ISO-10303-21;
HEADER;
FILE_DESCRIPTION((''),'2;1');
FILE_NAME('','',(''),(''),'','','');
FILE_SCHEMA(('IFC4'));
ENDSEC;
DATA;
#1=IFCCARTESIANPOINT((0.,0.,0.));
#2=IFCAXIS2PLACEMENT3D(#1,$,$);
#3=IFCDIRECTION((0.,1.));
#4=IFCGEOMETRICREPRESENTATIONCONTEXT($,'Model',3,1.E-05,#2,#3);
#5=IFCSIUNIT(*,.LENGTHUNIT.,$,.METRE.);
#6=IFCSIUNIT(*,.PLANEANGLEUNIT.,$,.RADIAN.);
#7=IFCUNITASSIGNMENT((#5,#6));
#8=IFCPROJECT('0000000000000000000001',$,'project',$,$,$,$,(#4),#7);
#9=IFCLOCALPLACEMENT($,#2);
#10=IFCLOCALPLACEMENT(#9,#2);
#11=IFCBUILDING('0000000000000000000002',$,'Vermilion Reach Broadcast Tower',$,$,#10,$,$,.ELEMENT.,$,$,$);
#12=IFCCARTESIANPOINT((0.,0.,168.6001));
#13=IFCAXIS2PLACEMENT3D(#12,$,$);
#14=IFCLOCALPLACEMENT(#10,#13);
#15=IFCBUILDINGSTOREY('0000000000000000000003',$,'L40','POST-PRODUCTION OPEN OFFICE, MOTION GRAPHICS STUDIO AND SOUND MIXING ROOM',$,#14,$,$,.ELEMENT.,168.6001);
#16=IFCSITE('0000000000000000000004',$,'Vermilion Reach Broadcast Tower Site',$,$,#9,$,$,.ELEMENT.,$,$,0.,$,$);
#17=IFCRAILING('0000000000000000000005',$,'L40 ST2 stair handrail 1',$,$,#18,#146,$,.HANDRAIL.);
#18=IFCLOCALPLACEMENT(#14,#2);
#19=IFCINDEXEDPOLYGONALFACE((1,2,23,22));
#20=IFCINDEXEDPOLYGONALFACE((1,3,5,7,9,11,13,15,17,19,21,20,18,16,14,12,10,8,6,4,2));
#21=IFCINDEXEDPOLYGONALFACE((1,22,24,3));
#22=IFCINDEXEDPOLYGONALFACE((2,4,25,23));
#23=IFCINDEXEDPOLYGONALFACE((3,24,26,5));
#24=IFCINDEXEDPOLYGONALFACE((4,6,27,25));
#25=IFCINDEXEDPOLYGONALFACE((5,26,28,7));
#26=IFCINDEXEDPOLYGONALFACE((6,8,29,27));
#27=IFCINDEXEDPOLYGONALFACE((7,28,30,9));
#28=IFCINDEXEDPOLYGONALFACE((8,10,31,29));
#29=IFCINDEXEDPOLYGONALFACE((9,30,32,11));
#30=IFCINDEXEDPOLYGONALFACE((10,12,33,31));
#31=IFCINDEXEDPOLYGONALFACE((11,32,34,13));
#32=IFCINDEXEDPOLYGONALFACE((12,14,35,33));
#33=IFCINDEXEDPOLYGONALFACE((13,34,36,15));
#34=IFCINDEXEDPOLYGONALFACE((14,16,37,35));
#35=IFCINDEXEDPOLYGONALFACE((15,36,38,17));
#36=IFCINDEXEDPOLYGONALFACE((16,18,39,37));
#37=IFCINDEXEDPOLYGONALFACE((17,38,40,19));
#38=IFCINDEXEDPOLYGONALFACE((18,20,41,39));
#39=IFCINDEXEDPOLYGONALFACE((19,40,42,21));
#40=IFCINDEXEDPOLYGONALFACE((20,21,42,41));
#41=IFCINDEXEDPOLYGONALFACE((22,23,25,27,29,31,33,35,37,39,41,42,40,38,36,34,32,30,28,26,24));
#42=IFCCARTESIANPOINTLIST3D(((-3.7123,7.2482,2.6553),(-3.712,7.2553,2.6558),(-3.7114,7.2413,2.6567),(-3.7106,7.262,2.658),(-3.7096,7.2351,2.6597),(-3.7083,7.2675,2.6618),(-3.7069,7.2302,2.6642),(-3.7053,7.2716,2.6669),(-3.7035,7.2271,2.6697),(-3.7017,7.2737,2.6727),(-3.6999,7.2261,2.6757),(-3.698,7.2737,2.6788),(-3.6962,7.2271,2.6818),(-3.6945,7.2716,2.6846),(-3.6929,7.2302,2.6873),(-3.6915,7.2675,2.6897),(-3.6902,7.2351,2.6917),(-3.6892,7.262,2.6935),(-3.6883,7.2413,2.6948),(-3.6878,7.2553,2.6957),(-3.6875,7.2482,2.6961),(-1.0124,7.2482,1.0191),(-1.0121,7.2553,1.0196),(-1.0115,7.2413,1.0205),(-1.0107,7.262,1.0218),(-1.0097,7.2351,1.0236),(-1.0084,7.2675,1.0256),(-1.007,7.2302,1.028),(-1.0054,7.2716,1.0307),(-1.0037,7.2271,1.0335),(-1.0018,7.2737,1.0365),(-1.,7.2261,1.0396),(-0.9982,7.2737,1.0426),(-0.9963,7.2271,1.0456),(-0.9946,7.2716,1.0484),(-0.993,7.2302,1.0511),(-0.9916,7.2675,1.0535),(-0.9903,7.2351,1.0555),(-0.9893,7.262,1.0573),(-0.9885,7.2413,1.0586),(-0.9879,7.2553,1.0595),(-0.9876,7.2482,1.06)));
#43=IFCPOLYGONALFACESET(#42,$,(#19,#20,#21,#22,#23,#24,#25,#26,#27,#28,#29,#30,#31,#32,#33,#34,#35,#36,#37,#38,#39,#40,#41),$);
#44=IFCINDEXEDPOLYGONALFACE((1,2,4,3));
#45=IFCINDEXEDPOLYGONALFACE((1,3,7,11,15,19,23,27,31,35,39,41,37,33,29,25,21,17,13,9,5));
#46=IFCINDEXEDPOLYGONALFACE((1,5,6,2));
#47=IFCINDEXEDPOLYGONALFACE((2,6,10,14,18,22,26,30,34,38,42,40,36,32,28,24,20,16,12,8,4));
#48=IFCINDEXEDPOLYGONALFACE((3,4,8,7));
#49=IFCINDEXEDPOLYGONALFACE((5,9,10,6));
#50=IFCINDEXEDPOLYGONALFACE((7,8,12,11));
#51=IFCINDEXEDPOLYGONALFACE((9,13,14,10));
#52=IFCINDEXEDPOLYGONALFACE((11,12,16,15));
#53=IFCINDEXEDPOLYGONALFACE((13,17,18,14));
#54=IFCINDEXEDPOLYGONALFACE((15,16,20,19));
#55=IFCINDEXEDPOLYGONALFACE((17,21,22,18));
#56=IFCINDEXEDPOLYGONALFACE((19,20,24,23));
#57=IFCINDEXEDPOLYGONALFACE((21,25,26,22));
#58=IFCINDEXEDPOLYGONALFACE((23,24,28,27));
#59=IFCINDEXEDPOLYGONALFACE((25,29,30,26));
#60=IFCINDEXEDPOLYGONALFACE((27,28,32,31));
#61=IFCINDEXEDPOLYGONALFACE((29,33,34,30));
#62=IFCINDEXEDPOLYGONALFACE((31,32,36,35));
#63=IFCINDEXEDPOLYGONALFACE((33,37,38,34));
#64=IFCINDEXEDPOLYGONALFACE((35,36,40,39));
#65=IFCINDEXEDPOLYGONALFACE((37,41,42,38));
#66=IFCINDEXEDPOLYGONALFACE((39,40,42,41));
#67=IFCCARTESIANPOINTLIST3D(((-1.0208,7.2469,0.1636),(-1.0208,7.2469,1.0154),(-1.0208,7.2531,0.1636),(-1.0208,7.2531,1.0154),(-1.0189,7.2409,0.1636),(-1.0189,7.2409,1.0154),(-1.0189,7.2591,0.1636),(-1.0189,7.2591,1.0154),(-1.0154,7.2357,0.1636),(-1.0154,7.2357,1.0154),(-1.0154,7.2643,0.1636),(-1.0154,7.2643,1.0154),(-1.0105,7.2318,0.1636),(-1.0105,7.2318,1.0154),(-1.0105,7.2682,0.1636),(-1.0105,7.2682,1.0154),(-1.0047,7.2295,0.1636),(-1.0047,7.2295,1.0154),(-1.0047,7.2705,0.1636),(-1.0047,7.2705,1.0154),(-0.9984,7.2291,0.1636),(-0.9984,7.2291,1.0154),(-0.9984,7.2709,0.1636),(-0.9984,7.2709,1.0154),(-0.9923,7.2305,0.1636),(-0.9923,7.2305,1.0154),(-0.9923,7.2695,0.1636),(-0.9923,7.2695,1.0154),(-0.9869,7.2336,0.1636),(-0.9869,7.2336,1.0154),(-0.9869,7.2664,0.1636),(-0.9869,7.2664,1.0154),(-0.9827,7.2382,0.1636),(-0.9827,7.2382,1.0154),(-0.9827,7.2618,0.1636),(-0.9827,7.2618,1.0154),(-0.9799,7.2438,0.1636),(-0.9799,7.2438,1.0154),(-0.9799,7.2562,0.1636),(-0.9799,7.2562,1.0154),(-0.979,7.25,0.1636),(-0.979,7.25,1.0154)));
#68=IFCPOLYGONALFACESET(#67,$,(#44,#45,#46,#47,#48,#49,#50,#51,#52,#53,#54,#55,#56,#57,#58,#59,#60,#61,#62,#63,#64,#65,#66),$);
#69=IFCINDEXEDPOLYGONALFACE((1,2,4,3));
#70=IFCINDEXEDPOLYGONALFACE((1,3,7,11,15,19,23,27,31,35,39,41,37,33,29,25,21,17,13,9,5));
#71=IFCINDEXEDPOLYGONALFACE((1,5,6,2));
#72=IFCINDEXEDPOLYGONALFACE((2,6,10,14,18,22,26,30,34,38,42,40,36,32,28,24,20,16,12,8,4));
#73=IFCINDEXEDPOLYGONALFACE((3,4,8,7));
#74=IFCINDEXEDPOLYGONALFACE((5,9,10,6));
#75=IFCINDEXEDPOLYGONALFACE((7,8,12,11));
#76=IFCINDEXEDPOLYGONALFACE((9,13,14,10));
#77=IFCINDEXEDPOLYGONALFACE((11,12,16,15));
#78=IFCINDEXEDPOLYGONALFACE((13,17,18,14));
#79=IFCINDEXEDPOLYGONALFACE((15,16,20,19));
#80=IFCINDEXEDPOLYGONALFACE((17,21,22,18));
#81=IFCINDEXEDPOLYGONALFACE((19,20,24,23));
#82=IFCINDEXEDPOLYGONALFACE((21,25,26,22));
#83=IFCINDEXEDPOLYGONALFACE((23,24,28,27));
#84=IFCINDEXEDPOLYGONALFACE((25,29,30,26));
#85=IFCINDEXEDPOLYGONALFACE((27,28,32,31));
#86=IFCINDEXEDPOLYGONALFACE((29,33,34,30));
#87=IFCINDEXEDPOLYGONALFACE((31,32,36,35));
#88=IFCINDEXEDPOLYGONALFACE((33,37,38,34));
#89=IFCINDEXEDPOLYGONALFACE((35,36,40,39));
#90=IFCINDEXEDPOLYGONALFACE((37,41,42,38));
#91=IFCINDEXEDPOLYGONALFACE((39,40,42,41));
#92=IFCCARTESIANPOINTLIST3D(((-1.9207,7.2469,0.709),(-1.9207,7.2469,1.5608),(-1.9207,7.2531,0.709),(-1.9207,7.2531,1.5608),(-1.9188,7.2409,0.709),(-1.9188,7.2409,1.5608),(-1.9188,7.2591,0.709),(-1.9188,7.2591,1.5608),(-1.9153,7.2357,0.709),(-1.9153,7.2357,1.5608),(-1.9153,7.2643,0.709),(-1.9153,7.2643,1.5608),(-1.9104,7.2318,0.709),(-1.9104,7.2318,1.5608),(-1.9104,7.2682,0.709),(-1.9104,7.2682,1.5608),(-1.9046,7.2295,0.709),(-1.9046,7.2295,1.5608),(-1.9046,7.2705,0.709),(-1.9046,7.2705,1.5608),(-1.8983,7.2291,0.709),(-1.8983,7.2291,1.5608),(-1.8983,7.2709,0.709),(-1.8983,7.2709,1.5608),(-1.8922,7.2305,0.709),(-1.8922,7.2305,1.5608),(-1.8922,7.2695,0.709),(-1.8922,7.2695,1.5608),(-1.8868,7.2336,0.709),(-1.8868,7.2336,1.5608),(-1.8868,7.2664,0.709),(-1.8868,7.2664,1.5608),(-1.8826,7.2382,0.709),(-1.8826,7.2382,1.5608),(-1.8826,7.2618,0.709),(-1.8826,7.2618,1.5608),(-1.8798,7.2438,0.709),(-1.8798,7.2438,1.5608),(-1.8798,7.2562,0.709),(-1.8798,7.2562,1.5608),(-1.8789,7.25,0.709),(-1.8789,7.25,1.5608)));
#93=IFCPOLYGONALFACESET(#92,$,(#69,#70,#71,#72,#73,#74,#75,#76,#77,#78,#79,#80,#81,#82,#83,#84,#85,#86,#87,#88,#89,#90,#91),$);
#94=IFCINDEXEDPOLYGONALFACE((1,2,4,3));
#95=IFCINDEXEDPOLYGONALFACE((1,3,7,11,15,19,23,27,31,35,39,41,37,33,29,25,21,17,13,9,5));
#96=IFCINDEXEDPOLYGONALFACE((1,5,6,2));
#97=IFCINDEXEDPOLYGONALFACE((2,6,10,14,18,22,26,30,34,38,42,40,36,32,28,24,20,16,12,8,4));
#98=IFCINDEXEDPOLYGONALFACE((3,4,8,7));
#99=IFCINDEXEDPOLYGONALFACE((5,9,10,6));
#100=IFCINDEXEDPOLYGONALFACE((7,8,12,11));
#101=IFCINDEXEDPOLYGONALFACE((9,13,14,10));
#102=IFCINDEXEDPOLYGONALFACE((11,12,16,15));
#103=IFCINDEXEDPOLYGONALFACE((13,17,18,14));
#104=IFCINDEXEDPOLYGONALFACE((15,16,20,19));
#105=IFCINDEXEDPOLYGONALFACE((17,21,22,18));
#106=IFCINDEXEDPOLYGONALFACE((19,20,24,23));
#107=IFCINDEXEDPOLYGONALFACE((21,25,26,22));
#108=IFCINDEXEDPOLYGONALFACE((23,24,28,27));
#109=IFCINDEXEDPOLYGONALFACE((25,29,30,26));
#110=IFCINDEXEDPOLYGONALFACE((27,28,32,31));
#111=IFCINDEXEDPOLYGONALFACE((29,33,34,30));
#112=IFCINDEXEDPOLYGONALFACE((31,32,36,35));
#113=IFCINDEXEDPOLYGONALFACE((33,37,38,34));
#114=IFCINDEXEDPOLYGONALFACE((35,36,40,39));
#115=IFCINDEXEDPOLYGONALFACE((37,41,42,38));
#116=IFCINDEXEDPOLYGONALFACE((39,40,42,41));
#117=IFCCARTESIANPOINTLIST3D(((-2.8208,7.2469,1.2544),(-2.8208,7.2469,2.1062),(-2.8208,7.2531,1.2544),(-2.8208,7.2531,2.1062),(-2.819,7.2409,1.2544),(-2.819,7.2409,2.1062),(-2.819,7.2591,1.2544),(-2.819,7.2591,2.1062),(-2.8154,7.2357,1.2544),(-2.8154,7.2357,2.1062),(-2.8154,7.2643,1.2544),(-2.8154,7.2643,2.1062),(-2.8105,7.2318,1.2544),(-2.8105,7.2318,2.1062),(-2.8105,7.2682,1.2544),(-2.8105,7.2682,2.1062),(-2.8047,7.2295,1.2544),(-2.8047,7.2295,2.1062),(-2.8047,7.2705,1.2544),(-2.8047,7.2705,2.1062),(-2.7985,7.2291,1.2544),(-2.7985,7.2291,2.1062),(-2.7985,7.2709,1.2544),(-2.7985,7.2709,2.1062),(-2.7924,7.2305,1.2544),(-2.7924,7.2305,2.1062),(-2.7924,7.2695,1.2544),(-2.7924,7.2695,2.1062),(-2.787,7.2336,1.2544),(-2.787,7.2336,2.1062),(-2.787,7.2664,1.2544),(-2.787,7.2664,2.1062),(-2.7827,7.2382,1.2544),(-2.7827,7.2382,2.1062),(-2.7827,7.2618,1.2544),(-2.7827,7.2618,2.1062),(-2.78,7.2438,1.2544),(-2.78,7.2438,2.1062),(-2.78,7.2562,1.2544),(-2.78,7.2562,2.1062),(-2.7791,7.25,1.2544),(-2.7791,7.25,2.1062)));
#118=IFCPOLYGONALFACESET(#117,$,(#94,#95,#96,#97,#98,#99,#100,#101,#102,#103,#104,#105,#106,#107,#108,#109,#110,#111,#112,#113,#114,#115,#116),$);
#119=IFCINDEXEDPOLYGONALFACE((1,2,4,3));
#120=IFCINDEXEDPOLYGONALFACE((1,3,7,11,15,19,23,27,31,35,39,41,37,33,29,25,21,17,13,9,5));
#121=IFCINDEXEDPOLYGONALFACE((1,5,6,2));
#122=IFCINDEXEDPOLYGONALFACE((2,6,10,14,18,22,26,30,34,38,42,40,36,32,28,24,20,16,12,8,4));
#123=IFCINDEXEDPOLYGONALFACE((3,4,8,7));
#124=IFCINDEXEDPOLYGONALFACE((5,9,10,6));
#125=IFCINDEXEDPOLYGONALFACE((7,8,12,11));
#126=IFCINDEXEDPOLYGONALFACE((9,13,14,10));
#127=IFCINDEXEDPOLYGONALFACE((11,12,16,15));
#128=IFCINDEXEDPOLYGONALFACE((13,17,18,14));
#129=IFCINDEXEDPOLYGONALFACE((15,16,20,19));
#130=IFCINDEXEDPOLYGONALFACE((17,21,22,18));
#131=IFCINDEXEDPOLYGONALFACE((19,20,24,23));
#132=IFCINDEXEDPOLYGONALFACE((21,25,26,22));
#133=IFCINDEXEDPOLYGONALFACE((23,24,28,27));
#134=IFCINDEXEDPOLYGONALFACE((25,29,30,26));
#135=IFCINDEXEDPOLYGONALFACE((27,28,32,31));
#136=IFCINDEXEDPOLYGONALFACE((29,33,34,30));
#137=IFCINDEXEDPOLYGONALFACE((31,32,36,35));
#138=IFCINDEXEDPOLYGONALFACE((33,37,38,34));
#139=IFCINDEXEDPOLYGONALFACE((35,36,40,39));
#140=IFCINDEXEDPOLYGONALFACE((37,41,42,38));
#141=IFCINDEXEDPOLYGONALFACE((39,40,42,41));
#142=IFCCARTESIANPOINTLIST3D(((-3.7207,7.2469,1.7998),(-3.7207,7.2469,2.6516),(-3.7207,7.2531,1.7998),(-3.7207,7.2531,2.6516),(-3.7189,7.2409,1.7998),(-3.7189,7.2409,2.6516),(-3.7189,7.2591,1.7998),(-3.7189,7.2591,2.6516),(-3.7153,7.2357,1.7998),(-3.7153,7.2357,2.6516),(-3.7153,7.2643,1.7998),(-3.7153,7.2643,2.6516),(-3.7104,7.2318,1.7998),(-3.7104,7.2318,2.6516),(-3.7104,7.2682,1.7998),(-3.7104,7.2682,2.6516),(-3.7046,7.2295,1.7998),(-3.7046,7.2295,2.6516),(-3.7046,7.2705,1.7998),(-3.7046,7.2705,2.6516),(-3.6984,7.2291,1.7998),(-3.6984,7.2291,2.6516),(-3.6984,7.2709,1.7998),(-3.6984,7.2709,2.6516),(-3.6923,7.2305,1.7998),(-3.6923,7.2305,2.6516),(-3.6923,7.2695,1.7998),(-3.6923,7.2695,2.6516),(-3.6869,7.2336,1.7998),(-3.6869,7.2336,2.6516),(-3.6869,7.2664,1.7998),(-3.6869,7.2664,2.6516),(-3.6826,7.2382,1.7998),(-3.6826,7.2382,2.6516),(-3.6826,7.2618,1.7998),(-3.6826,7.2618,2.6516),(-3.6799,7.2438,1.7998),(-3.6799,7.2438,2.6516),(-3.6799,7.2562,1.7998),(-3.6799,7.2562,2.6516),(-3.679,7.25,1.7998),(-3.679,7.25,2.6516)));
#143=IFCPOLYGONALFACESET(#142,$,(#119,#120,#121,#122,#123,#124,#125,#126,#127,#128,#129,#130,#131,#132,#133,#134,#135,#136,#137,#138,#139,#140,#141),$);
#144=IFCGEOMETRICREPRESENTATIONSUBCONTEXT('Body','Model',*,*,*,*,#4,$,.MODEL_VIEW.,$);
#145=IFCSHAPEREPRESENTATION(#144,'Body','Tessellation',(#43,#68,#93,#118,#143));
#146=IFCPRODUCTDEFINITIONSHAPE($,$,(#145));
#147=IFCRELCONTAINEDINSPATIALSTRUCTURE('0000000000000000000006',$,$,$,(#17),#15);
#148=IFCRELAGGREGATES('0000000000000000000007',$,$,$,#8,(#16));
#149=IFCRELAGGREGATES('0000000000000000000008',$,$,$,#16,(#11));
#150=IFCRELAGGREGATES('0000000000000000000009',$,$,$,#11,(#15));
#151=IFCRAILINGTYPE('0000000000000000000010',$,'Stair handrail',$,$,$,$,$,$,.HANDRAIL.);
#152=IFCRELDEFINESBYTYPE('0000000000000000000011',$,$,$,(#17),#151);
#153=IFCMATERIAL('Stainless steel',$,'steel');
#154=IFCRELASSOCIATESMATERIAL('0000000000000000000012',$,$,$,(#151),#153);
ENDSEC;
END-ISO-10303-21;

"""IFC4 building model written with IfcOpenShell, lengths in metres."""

from ifc_helpers import new_model, si_unit, direction, frame, origin, origin_2d, place, context, subcontext, project, spatial, circle, extrude, material, type_object, element, save


model = new_model("IFC4")

# Units and contexts
model_context = context("Model", 3, precision=1e-05, world=origin(), true_north=direction((0.0, 1.0)))
body_context = subcontext(model_context, "Body", "Model", "MODEL_VIEW")
ifc_project = project(units=[si_unit("LENGTHUNIT", "METRE"), si_unit("PLANEANGLEUNIT", "RADIAN")], contexts=[model_context])

# Site, building, storey
site_placement = place(None, origin())
site = spatial("IfcSite", under=ifc_project, at=site_placement, Name="Vermilion Reach Broadcast Tower Site", CompositionType="ELEMENT", RefElevation=0.0)
building_placement = place(site_placement, origin())
building = spatial("IfcBuilding", under=site, at=building_placement, Name="Vermilion Reach Broadcast Tower", CompositionType="ELEMENT")
storey_placement = place(building_placement, frame((0.0, 0.0, 168.6001)))
storey = spatial("IfcBuildingStorey", under=building, at=storey_placement, Name="L40", Description="POST-PRODUCTION OPEN OFFICE, MOTION GRAPHICS STUDIO AND SOUND MIXING ROOM", CompositionType="ELEMENT", Elevation=168.6001)

# Railing
ifc_material_1 = material(Name="Stainless steel", Category="steel")
railing_type_1 = type_object("IfcRailingType", Name="Stair handrail", PredefinedType="HANDRAIL", material=ifc_material_1)
railing_1_placement = place(storey_placement, frame((-1.0, 7.25, 0.1636)))
element("IfcRailing", 1, at=railing_1_placement, inside=storey, type_object=railing_type_1, Name="L40 ST2 stair handrail 1", PredefinedType="HANDRAIL", context=body_context, shape_type="SweptSolid", body=[
    extrude(circle(Radius=0.0239, at=origin_2d()), frame((0.0, 0.0, 0.876), z_axis=(-0.855212, 0.0, 0.518278), x_axis=(0.0, -1.0, 0.0)), (0.0, 0.0, 1.0), 3.157),
    extrude(circle(Radius=0.021, at=origin_2d()), origin(), (0.0, 0.0, 1.0), 0.8518),
    extrude(circle(Radius=0.021, at=origin_2d()), frame((-0.8999, 0.0, 0.5454)), (0.0, 0.0, 1.0), 0.8518),
    extrude(circle(Radius=0.021, at=origin_2d()), frame((-1.8, 0.0, 1.0908)), (0.0, 0.0, 1.0), 0.8518),
    extrude(circle(Radius=0.021, at=origin_2d()), frame((-2.7, 0.0, 1.6362)), (0.0, 0.0, 1.0), 0.8518),
])

save(model, "model.ifc")
